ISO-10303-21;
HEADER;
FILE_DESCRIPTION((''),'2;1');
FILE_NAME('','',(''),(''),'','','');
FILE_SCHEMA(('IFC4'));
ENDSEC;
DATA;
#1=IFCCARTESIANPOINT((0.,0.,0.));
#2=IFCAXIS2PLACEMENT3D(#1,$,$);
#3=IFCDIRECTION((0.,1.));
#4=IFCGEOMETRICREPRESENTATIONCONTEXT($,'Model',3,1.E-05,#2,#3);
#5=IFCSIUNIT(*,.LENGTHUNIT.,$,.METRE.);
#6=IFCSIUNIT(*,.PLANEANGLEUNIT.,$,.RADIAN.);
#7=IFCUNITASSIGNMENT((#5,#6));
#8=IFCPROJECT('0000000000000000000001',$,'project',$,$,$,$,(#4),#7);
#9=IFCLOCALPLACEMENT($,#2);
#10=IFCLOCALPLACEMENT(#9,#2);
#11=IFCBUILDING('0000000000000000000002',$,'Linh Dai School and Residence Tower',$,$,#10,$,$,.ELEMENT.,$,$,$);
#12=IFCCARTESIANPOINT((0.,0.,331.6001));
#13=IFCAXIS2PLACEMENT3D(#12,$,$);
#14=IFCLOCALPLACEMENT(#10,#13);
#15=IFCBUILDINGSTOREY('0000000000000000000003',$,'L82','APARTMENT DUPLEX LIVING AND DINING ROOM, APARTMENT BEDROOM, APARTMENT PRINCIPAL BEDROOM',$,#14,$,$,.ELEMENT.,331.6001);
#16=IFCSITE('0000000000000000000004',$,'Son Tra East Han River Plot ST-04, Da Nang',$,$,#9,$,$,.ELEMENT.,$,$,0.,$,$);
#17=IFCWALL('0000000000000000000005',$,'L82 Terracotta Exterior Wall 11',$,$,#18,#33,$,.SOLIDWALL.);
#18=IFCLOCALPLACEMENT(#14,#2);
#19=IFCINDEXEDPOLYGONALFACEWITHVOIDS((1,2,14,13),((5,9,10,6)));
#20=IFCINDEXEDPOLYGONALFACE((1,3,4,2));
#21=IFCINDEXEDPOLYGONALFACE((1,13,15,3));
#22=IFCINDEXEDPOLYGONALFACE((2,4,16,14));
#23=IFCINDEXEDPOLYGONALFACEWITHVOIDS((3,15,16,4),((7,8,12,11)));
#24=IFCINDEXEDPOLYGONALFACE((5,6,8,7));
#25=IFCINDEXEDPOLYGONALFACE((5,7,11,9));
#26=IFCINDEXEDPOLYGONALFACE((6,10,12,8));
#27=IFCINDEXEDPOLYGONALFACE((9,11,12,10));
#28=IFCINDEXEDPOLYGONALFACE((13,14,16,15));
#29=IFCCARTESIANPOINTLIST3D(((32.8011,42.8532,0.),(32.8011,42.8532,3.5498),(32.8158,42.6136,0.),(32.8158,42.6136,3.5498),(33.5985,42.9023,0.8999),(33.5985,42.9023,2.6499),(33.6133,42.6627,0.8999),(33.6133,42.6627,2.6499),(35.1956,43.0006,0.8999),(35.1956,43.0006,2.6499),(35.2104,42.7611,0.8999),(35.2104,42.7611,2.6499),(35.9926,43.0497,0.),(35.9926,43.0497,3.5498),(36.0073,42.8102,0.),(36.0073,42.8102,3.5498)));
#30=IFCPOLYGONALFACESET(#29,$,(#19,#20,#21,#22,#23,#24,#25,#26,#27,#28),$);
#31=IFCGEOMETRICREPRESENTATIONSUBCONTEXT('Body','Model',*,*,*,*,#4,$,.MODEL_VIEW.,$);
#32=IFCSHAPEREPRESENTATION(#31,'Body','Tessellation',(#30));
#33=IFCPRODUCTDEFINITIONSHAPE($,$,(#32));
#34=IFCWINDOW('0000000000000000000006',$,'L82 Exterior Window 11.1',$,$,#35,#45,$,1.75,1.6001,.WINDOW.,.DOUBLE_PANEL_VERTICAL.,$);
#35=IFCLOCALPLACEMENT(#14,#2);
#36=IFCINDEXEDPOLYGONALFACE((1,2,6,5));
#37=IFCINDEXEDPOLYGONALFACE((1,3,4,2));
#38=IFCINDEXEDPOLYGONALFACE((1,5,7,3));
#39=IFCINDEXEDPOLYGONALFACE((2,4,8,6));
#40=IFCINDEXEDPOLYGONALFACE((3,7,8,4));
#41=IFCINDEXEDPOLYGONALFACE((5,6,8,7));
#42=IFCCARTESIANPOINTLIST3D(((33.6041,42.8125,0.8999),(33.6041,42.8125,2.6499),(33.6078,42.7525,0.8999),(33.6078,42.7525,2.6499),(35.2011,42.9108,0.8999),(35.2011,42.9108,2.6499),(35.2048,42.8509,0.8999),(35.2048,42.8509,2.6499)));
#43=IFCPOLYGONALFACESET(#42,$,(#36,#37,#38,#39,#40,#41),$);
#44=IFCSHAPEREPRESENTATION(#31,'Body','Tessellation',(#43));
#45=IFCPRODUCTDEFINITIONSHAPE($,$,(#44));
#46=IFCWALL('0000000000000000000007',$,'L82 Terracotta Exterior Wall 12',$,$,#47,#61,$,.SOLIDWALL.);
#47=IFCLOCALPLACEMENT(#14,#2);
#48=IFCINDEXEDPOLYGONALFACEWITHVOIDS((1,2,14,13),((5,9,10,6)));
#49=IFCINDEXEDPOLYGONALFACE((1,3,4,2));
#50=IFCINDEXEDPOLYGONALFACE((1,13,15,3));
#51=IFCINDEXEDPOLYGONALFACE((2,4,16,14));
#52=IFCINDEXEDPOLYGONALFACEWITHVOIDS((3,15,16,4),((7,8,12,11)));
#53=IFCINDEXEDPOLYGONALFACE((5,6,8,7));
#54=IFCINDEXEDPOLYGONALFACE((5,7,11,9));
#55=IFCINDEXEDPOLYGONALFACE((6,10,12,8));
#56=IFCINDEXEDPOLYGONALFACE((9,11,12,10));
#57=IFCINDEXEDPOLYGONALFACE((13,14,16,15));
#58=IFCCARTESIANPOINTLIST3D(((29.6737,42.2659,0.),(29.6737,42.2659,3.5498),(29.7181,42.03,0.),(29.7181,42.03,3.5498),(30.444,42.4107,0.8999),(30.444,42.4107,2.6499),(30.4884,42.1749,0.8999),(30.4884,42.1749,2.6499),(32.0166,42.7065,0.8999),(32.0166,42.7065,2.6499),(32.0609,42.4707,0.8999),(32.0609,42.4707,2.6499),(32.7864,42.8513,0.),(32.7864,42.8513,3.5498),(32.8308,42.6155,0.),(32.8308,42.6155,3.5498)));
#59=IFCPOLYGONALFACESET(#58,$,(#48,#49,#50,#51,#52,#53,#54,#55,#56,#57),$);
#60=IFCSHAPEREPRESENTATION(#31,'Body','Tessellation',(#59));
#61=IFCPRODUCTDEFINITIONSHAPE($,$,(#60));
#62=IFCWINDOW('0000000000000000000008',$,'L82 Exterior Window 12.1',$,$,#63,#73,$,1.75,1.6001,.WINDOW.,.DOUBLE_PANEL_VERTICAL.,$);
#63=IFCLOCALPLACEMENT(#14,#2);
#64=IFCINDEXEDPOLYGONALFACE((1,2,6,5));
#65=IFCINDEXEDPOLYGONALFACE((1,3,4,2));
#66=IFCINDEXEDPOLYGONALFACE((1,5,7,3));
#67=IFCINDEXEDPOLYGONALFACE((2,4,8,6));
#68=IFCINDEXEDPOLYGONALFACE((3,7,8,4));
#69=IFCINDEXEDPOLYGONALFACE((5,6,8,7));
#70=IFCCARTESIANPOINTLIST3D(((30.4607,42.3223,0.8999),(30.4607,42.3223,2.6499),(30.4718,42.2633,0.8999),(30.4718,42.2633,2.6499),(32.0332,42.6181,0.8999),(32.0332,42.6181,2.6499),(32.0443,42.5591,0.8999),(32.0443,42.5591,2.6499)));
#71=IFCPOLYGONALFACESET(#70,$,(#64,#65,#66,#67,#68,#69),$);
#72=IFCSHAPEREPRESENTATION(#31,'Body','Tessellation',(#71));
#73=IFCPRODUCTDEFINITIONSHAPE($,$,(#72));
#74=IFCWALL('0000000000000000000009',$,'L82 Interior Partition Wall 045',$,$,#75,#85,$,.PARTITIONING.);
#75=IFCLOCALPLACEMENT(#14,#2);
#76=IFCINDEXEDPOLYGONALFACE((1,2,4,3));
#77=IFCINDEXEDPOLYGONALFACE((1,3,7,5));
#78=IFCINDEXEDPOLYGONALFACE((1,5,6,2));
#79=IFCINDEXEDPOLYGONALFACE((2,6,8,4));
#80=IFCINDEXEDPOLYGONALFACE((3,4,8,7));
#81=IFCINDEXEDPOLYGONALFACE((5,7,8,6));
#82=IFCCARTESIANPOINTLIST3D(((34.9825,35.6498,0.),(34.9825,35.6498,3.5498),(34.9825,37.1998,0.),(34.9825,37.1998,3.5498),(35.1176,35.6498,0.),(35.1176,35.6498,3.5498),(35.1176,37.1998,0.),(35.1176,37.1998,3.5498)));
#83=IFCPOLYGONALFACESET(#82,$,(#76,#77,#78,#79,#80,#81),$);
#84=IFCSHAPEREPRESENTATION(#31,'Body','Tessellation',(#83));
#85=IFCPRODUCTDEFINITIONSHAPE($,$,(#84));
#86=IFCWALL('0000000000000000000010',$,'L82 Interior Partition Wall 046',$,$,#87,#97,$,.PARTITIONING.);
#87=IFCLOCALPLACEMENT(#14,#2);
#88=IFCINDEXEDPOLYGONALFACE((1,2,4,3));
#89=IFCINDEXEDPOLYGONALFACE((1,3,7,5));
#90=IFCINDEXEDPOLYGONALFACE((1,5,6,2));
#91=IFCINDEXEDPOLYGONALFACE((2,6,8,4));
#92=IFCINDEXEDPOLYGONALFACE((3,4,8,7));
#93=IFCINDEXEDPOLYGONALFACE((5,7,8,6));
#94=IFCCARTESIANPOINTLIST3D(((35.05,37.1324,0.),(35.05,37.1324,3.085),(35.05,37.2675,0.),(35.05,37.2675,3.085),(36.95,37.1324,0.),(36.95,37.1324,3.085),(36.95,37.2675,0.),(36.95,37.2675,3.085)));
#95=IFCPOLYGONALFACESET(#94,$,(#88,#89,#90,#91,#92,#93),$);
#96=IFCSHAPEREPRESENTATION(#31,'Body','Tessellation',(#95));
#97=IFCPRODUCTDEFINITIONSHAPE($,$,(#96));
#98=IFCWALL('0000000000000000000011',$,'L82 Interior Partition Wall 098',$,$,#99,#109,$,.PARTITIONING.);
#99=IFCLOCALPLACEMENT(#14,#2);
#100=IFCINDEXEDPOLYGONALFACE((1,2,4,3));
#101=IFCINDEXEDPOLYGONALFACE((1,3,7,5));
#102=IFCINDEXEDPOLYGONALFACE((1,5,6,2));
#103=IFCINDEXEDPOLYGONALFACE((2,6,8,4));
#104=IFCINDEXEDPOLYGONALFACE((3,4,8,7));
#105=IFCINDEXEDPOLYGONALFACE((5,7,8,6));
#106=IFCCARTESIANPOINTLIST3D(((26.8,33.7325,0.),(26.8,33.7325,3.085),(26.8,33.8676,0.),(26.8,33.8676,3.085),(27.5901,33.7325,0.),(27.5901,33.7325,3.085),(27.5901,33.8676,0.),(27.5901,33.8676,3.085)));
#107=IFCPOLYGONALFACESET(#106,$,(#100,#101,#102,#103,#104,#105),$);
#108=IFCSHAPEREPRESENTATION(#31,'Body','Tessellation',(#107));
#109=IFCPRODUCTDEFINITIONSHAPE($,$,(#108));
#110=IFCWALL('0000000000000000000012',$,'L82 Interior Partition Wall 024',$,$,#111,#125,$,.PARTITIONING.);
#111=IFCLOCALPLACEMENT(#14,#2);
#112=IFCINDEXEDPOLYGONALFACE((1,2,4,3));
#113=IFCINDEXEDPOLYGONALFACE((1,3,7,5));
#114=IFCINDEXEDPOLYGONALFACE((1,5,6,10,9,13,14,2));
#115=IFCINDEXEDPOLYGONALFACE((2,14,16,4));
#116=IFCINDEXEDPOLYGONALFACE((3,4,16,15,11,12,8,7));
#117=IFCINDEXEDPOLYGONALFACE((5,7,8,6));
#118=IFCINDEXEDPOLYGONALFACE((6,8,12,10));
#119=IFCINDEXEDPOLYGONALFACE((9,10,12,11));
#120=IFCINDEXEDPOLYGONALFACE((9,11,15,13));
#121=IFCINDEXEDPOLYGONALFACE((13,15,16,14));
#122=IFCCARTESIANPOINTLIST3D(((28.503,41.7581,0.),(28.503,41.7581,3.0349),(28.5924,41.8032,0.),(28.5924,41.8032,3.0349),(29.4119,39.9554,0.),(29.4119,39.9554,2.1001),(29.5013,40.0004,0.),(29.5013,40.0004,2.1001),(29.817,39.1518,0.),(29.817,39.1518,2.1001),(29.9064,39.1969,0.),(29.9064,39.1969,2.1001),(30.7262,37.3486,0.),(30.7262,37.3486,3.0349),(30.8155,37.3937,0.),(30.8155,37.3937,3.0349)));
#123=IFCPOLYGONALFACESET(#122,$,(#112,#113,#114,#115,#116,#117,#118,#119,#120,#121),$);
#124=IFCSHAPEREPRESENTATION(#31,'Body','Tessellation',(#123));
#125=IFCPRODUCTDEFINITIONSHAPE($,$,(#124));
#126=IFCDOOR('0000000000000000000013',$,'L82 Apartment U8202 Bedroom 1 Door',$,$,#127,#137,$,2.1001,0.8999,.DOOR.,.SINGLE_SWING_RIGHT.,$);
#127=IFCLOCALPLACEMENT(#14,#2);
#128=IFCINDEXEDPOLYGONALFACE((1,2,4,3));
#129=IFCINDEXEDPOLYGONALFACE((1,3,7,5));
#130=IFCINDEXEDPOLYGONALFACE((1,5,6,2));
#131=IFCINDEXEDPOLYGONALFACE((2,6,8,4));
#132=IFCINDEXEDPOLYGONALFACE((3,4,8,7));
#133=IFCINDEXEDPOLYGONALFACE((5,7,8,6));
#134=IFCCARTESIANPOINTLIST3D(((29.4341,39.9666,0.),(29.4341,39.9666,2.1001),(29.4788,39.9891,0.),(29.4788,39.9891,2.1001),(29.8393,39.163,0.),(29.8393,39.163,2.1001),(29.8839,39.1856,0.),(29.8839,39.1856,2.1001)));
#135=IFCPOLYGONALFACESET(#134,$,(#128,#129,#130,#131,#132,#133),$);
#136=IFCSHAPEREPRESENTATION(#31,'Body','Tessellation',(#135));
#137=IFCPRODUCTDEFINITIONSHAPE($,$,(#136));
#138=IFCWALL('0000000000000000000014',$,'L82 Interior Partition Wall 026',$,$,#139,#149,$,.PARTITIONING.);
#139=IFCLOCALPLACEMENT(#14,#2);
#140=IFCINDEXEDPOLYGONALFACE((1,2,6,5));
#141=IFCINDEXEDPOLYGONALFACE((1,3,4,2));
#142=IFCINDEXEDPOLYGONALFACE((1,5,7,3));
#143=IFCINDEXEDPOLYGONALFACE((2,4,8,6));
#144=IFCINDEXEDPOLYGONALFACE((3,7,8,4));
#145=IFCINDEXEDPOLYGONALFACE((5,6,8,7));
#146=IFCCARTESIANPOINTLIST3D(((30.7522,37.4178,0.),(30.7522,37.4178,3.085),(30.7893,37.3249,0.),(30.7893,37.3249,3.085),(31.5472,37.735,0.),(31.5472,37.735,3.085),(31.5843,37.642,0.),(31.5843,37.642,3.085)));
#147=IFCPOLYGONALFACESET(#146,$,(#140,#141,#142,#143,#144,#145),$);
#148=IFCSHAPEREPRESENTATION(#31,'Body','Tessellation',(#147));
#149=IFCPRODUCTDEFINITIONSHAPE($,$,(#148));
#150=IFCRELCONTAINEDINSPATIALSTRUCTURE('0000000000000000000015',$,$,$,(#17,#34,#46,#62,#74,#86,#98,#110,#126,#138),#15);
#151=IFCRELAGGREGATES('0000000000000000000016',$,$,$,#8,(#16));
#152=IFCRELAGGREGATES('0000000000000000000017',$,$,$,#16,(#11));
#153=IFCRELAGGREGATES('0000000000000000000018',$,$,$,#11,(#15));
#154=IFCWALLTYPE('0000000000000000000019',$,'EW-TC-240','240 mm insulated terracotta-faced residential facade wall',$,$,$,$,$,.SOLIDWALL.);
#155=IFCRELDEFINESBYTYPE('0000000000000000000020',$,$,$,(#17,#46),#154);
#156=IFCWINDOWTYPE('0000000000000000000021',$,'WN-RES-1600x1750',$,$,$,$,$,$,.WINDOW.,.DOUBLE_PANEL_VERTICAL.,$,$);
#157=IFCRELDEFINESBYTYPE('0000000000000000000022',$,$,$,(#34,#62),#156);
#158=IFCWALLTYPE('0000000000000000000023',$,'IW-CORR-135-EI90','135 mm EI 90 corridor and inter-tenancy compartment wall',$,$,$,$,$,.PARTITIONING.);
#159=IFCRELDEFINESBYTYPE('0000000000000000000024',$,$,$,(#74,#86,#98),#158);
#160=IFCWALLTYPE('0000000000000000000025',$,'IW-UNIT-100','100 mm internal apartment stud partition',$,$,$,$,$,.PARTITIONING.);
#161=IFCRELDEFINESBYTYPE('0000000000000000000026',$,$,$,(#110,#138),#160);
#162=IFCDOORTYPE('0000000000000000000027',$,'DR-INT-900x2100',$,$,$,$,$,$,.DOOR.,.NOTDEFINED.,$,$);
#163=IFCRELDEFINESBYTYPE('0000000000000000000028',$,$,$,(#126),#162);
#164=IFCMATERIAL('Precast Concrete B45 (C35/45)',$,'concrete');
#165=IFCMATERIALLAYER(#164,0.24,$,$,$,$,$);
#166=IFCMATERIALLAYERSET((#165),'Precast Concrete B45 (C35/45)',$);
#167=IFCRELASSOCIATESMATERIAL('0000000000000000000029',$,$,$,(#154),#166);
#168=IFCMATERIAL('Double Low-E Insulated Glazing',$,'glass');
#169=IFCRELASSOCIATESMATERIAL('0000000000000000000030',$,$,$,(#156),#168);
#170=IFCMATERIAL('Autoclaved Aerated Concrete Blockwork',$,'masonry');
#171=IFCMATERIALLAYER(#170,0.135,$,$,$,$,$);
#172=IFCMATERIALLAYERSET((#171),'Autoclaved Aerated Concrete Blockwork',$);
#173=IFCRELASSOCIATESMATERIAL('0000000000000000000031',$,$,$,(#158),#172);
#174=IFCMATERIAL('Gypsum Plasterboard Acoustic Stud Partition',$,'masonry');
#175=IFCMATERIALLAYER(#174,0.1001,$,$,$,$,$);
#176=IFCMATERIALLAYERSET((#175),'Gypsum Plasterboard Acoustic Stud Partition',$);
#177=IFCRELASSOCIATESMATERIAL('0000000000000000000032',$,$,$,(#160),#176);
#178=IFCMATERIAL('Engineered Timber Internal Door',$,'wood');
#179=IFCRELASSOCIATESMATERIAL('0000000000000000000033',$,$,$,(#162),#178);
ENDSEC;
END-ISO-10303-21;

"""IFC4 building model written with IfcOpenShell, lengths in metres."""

from ifc_helpers import new_model, si_unit, direction, frame, frame_2d, origin, origin_2d, place, context, subcontext, project, spatial, rectangle, extrude, source, transform, mapped, material, layer, layer_set, type_object, element, fill, save


model = new_model("IFC4")

# Units and contexts
model_context = context("Model", 3, precision=1e-05, world=origin(), true_north=direction((0.0, 1.0)))
body_context = subcontext(model_context, "Body", "Model", "MODEL_VIEW")
ifc_project = project(units=[si_unit("LENGTHUNIT", "METRE"), si_unit("PLANEANGLEUNIT", "RADIAN")], contexts=[model_context])

# Site, building, storey
site_placement = place(None, origin())
site = spatial("IfcSite", under=ifc_project, at=site_placement, Name="Son Tra East Han River Plot ST-04, Da Nang", CompositionType="ELEMENT", RefElevation=0.0)
building_placement = place(site_placement, origin())
building = spatial("IfcBuilding", under=site, at=building_placement, Name="Linh Dai School and Residence Tower", CompositionType="ELEMENT")
storey_placement = place(building_placement, frame((0.0, 0.0, 331.6001)))
storey = spatial("IfcBuildingStorey", under=building, at=storey_placement, Name="L82", Description="APARTMENT DUPLEX LIVING AND DINING ROOM, APARTMENT BEDROOM, APARTMENT PRINCIPAL BEDROOM", CompositionType="ELEMENT", Elevation=331.6001)

# Walls, openings, windows
ifc_material_1 = material(Name="Precast Concrete B45 (C35/45)", Category="concrete")
ifc_layer_1 = layer(ifc_material_1, 0.24)
ifc_layer_set_1 = layer_set([ifc_layer_1], Name="Precast Concrete B45 (C35/45)")
wall_type_1 = type_object("IfcWallType", Name="EW-TC-240", Description="240 mm insulated terracotta-faced residential facade wall", PredefinedType="SOLIDWALL", material=ifc_layer_set_1)
wall_1_placement = place(storey_placement, frame((32.8086, 42.7334, 0.0), z_axis=(0.0, 0.0, 1.0), x_axis=(0.998109, 0.061466, 0.0)))
wall_1 = element("IfcWall", 1, at=wall_1_placement, inside=storey, type_object=wall_type_1, Name="L82 Terracotta Exterior Wall 11", PredefinedType="SOLIDWALL", context=body_context, shape_type="SweptSolid", body=[
    extrude(rectangle(XDim=3.1975, YDim=0.24, at=frame_2d((1.5986, 0.0))), origin(), (0.0, 0.0, 1.0), 3.5498),
])
opening_1_placement = place(wall_1_placement, frame((0.7988, 0.0, 0.8999)))
opening_1 = element("IfcOpeningElement", 2, at=opening_1_placement, cuts=wall_1, PredefinedType="OPENING", context=body_context, shape_type="SweptSolid", body=[
    extrude(rectangle(XDim=1.6001, YDim=1.75, at=origin_2d()), frame((0.8, 0.1299, 0.875), z_axis=(0.0, -1.0, 0.0), x_axis=(1.0, 0.0, 0.0)), (0.0, 0.0, 1.0), 0.26),
])
ifc_material_2 = material(Name="Double Low-E Insulated Glazing", Category="glass")
window_type = type_object("IfcWindowType", Name="WN-RES-1600x1750", PartitioningType="DOUBLE_PANEL_VERTICAL", PredefinedType="WINDOW", material=ifc_material_2)
shared_shape_1 = source(origin(), body_context, "Body", "SweptSolid", [
    extrude(rectangle(XDim=1.6001, YDim=1.75, at=origin_2d()), frame((0.8, 0.03, 0.875), z_axis=(0.0, -1.0, 0.0), x_axis=(1.0, 0.0, 0.0)), (0.0, 0.0, 1.0), 0.0601),
])
window_1_placement = place(opening_1_placement, origin())
window_1 = element("IfcWindow", 3, at=window_1_placement, inside=storey, type_object=window_type, Name="L82 Exterior Window 11.1", OverallHeight=1.75, OverallWidth=1.6001, PartitioningType="DOUBLE_PANEL_VERTICAL", PredefinedType="WINDOW", context=body_context, shape_type="MappedRepresentation", body=[
    mapped(shared_shape_1, transform((0.0, 0.0, 0.0), x_axis=(1.0, 0.0, 0.0), y_axis=(0.0, 1.0, 0.0), z_axis=(0.0, 0.0, 1.0), scale=1.0)),
])
fill(opening_1, window_1)
wall_2_placement = place(storey_placement, frame((29.696, 42.1479, 0.0), z_axis=(0.0, 0.0, 1.0), x_axis=(0.982766, 0.184852, 0.0)))
wall_2 = element("IfcWall", 4, at=wall_2_placement, inside=storey, type_object=wall_type_1, Name="L82 Terracotta Exterior Wall 12", PredefinedType="SOLIDWALL", context=body_context, shape_type="SweptSolid", body=[
    extrude(rectangle(XDim=3.1672, YDim=0.24, at=frame_2d((1.5835, 0.0))), origin(), (0.0, 0.0, 1.0), 3.5498),
])
opening_2_placement = place(wall_2_placement, frame((0.7837, 0.0, 0.8999)))
opening_2 = element("IfcOpeningElement", 5, at=opening_2_placement, cuts=wall_2, PredefinedType="OPENING", context=body_context, shape_type="SweptSolid", body=[
    extrude(rectangle(XDim=1.6001, YDim=1.75, at=origin_2d()), frame((0.8, 0.1299, 0.875), z_axis=(0.0, -1.0, 0.0), x_axis=(1.0, 0.0, 0.0)), (0.0, 0.0, 1.0), 0.26),
])
window_2_placement = place(opening_2_placement, origin())
window_2 = element("IfcWindow", 6, at=window_2_placement, inside=storey, type_object=window_type, Name="L82 Exterior Window 12.1", OverallHeight=1.75, OverallWidth=1.6001, PartitioningType="DOUBLE_PANEL_VERTICAL", PredefinedType="WINDOW", context=body_context, shape_type="MappedRepresentation", body=[
    mapped(shared_shape_1, transform((0.0, 0.0, 0.0), x_axis=(1.0, 0.0, 0.0), y_axis=(0.0, 1.0, 0.0), z_axis=(0.0, 0.0, 1.0), scale=1.0)),
])
fill(opening_2, window_2)

# Walls
ifc_material_3 = material(Name="Autoclaved Aerated Concrete Blockwork", Category="masonry")
ifc_layer_2 = layer(ifc_material_3, 0.135)
ifc_layer_set_2 = layer_set([ifc_layer_2], Name="Autoclaved Aerated Concrete Blockwork")
wall_type_2 = type_object("IfcWallType", Name="IW-CORR-135-EI90", Description="135 mm EI 90 corridor and inter-tenancy compartment wall", PredefinedType="PARTITIONING", material=ifc_layer_set_2)
wall_3_placement = place(storey_placement, frame((35.05, 35.6499, 0.0), z_axis=(0.0, 0.0, 1.0), x_axis=(0.0, 1.0, 0.0)))
element("IfcWall", 7, at=wall_3_placement, inside=storey, type_object=wall_type_2, Name="L82 Interior Partition Wall 045", PredefinedType="PARTITIONING", context=body_context, shape_type="SweptSolid", body=[
    extrude(rectangle(XDim=1.55, YDim=0.135, at=frame_2d((0.7749, 0.0))), origin(), (0.0, 0.0, 1.0), 3.5498),
])
wall_4_placement = place(storey_placement, frame((35.05, 37.2, 0.0), z_axis=(0.0, 0.0, 1.0), x_axis=(1.0, 0.0, 0.0)))
element("IfcWall", 8, at=wall_4_placement, inside=storey, type_object=wall_type_2, Name="L82 Interior Partition Wall 046", PredefinedType="PARTITIONING", context=body_context, shape_type="SweptSolid", body=[
    extrude(rectangle(XDim=1.8999, YDim=0.135, at=frame_2d((0.95, 0.0))), origin(), (0.0, 0.0, 1.0), 3.085),
])
wall_5_placement = place(storey_placement, frame((27.5901, 33.8, 0.0), z_axis=(0.0, 0.0, 1.0), x_axis=(-1.0, 0.0, 0.0)))
element("IfcWall", 9, at=wall_5_placement, inside=storey, type_object=wall_type_2, Name="L82 Interior Partition Wall 098", PredefinedType="PARTITIONING", context=body_context, shape_type="SweptSolid", body=[
    extrude(rectangle(XDim=0.79, YDim=0.135, at=frame_2d((0.395, 0.0))), origin(), (0.0, 0.0, 1.0), 3.085),
])

# Wall, opening, door
ifc_material_4 = material(Name="Gypsum Plasterboard Acoustic Stud Partition", Category="masonry")
ifc_layer_3 = layer(ifc_material_4, 0.1001)
ifc_layer_set_3 = layer_set([ifc_layer_3], Name="Gypsum Plasterboard Acoustic Stud Partition")
wall_type_3 = type_object("IfcWallType", Name="IW-UNIT-100", Description="100 mm internal apartment stud partition", PredefinedType="PARTITIONING", material=ifc_layer_set_3)
wall_6_placement = place(storey_placement, frame((28.5476, 41.7808, 0.0), z_axis=(0.0, 0.0, 1.0), x_axis=(0.450197, -0.892929, 0.0)))
wall_6 = element("IfcWall", 10, at=wall_6_placement, inside=storey, type_object=wall_type_3, Name="L82 Interior Partition Wall 024", PredefinedType="PARTITIONING", context=body_context, shape_type="SweptSolid", body=[
    extrude(rectangle(XDim=4.9382, YDim=0.1001, at=frame_2d((2.4692, 0.0))), origin(), (0.0, 0.0, 1.0), 3.0349),
])
opening_3_placement = place(wall_6_placement, frame((2.019, 0.0, 0.0)))
opening_3 = element("IfcOpeningElement", 11, at=opening_3_placement, cuts=wall_6, PredefinedType="OPENING", context=body_context, shape_type="SweptSolid", body=[
    extrude(rectangle(XDim=0.8999, YDim=2.1001, at=origin_2d()), frame((0.45, 0.0601, 1.05), z_axis=(0.0, -1.0, 0.0), x_axis=(1.0, 0.0, 0.0)), (0.0, 0.0, 1.0), 0.1201),
])
ifc_material_5 = material(Name="Engineered Timber Internal Door", Category="wood")
door_type_1 = type_object("IfcDoorType", Name="DR-INT-900x2100", OperationType="NOTDEFINED", PredefinedType="DOOR", material=ifc_material_5)
shared_shape_2 = source(origin(), body_context, "Body", "SweptSolid", [
    extrude(rectangle(XDim=0.8999, YDim=2.1001, at=origin_2d()), frame((0.45, 0.0249, 1.05), z_axis=(0.0, -1.0, 0.0), x_axis=(1.0, 0.0, 0.0)), (0.0, 0.0, 1.0), 0.05),
])
door_1_placement = place(opening_3_placement, origin())
door_1 = element("IfcDoor", 12, at=door_1_placement, inside=storey, type_object=door_type_1, Name="L82 Apartment U8202 Bedroom 1 Door", OperationType="SINGLE_SWING_RIGHT", OverallHeight=2.1001, OverallWidth=0.8999, PredefinedType="DOOR", context=body_context, shape_type="MappedRepresentation", body=[
    mapped(shared_shape_2, transform((0.0, 0.0, 0.0), x_axis=(1.0, 0.0, 0.0), y_axis=(0.0, 1.0, 0.0), z_axis=(0.0, 0.0, 1.0), scale=1.0)),
])
fill(opening_3, door_1)

# Wall
wall_7_placement = place(storey_placement, frame((30.7708, 37.3713, 0.0), z_axis=(0.0, 0.0, 1.0), x_axis=(0.928811, 0.370554, 0.0)))
element("IfcWall", 13, at=wall_7_placement, inside=storey, type_object=wall_type_3, Name="L82 Interior Partition Wall 026", PredefinedType="PARTITIONING", context=body_context, shape_type="SweptSolid", body=[
    extrude(rectangle(XDim=0.856, YDim=0.1001, at=frame_2d((0.428, 0.0))), origin(), (0.0, 0.0, 1.0), 3.085),
])

save(model, "model.ifc")
